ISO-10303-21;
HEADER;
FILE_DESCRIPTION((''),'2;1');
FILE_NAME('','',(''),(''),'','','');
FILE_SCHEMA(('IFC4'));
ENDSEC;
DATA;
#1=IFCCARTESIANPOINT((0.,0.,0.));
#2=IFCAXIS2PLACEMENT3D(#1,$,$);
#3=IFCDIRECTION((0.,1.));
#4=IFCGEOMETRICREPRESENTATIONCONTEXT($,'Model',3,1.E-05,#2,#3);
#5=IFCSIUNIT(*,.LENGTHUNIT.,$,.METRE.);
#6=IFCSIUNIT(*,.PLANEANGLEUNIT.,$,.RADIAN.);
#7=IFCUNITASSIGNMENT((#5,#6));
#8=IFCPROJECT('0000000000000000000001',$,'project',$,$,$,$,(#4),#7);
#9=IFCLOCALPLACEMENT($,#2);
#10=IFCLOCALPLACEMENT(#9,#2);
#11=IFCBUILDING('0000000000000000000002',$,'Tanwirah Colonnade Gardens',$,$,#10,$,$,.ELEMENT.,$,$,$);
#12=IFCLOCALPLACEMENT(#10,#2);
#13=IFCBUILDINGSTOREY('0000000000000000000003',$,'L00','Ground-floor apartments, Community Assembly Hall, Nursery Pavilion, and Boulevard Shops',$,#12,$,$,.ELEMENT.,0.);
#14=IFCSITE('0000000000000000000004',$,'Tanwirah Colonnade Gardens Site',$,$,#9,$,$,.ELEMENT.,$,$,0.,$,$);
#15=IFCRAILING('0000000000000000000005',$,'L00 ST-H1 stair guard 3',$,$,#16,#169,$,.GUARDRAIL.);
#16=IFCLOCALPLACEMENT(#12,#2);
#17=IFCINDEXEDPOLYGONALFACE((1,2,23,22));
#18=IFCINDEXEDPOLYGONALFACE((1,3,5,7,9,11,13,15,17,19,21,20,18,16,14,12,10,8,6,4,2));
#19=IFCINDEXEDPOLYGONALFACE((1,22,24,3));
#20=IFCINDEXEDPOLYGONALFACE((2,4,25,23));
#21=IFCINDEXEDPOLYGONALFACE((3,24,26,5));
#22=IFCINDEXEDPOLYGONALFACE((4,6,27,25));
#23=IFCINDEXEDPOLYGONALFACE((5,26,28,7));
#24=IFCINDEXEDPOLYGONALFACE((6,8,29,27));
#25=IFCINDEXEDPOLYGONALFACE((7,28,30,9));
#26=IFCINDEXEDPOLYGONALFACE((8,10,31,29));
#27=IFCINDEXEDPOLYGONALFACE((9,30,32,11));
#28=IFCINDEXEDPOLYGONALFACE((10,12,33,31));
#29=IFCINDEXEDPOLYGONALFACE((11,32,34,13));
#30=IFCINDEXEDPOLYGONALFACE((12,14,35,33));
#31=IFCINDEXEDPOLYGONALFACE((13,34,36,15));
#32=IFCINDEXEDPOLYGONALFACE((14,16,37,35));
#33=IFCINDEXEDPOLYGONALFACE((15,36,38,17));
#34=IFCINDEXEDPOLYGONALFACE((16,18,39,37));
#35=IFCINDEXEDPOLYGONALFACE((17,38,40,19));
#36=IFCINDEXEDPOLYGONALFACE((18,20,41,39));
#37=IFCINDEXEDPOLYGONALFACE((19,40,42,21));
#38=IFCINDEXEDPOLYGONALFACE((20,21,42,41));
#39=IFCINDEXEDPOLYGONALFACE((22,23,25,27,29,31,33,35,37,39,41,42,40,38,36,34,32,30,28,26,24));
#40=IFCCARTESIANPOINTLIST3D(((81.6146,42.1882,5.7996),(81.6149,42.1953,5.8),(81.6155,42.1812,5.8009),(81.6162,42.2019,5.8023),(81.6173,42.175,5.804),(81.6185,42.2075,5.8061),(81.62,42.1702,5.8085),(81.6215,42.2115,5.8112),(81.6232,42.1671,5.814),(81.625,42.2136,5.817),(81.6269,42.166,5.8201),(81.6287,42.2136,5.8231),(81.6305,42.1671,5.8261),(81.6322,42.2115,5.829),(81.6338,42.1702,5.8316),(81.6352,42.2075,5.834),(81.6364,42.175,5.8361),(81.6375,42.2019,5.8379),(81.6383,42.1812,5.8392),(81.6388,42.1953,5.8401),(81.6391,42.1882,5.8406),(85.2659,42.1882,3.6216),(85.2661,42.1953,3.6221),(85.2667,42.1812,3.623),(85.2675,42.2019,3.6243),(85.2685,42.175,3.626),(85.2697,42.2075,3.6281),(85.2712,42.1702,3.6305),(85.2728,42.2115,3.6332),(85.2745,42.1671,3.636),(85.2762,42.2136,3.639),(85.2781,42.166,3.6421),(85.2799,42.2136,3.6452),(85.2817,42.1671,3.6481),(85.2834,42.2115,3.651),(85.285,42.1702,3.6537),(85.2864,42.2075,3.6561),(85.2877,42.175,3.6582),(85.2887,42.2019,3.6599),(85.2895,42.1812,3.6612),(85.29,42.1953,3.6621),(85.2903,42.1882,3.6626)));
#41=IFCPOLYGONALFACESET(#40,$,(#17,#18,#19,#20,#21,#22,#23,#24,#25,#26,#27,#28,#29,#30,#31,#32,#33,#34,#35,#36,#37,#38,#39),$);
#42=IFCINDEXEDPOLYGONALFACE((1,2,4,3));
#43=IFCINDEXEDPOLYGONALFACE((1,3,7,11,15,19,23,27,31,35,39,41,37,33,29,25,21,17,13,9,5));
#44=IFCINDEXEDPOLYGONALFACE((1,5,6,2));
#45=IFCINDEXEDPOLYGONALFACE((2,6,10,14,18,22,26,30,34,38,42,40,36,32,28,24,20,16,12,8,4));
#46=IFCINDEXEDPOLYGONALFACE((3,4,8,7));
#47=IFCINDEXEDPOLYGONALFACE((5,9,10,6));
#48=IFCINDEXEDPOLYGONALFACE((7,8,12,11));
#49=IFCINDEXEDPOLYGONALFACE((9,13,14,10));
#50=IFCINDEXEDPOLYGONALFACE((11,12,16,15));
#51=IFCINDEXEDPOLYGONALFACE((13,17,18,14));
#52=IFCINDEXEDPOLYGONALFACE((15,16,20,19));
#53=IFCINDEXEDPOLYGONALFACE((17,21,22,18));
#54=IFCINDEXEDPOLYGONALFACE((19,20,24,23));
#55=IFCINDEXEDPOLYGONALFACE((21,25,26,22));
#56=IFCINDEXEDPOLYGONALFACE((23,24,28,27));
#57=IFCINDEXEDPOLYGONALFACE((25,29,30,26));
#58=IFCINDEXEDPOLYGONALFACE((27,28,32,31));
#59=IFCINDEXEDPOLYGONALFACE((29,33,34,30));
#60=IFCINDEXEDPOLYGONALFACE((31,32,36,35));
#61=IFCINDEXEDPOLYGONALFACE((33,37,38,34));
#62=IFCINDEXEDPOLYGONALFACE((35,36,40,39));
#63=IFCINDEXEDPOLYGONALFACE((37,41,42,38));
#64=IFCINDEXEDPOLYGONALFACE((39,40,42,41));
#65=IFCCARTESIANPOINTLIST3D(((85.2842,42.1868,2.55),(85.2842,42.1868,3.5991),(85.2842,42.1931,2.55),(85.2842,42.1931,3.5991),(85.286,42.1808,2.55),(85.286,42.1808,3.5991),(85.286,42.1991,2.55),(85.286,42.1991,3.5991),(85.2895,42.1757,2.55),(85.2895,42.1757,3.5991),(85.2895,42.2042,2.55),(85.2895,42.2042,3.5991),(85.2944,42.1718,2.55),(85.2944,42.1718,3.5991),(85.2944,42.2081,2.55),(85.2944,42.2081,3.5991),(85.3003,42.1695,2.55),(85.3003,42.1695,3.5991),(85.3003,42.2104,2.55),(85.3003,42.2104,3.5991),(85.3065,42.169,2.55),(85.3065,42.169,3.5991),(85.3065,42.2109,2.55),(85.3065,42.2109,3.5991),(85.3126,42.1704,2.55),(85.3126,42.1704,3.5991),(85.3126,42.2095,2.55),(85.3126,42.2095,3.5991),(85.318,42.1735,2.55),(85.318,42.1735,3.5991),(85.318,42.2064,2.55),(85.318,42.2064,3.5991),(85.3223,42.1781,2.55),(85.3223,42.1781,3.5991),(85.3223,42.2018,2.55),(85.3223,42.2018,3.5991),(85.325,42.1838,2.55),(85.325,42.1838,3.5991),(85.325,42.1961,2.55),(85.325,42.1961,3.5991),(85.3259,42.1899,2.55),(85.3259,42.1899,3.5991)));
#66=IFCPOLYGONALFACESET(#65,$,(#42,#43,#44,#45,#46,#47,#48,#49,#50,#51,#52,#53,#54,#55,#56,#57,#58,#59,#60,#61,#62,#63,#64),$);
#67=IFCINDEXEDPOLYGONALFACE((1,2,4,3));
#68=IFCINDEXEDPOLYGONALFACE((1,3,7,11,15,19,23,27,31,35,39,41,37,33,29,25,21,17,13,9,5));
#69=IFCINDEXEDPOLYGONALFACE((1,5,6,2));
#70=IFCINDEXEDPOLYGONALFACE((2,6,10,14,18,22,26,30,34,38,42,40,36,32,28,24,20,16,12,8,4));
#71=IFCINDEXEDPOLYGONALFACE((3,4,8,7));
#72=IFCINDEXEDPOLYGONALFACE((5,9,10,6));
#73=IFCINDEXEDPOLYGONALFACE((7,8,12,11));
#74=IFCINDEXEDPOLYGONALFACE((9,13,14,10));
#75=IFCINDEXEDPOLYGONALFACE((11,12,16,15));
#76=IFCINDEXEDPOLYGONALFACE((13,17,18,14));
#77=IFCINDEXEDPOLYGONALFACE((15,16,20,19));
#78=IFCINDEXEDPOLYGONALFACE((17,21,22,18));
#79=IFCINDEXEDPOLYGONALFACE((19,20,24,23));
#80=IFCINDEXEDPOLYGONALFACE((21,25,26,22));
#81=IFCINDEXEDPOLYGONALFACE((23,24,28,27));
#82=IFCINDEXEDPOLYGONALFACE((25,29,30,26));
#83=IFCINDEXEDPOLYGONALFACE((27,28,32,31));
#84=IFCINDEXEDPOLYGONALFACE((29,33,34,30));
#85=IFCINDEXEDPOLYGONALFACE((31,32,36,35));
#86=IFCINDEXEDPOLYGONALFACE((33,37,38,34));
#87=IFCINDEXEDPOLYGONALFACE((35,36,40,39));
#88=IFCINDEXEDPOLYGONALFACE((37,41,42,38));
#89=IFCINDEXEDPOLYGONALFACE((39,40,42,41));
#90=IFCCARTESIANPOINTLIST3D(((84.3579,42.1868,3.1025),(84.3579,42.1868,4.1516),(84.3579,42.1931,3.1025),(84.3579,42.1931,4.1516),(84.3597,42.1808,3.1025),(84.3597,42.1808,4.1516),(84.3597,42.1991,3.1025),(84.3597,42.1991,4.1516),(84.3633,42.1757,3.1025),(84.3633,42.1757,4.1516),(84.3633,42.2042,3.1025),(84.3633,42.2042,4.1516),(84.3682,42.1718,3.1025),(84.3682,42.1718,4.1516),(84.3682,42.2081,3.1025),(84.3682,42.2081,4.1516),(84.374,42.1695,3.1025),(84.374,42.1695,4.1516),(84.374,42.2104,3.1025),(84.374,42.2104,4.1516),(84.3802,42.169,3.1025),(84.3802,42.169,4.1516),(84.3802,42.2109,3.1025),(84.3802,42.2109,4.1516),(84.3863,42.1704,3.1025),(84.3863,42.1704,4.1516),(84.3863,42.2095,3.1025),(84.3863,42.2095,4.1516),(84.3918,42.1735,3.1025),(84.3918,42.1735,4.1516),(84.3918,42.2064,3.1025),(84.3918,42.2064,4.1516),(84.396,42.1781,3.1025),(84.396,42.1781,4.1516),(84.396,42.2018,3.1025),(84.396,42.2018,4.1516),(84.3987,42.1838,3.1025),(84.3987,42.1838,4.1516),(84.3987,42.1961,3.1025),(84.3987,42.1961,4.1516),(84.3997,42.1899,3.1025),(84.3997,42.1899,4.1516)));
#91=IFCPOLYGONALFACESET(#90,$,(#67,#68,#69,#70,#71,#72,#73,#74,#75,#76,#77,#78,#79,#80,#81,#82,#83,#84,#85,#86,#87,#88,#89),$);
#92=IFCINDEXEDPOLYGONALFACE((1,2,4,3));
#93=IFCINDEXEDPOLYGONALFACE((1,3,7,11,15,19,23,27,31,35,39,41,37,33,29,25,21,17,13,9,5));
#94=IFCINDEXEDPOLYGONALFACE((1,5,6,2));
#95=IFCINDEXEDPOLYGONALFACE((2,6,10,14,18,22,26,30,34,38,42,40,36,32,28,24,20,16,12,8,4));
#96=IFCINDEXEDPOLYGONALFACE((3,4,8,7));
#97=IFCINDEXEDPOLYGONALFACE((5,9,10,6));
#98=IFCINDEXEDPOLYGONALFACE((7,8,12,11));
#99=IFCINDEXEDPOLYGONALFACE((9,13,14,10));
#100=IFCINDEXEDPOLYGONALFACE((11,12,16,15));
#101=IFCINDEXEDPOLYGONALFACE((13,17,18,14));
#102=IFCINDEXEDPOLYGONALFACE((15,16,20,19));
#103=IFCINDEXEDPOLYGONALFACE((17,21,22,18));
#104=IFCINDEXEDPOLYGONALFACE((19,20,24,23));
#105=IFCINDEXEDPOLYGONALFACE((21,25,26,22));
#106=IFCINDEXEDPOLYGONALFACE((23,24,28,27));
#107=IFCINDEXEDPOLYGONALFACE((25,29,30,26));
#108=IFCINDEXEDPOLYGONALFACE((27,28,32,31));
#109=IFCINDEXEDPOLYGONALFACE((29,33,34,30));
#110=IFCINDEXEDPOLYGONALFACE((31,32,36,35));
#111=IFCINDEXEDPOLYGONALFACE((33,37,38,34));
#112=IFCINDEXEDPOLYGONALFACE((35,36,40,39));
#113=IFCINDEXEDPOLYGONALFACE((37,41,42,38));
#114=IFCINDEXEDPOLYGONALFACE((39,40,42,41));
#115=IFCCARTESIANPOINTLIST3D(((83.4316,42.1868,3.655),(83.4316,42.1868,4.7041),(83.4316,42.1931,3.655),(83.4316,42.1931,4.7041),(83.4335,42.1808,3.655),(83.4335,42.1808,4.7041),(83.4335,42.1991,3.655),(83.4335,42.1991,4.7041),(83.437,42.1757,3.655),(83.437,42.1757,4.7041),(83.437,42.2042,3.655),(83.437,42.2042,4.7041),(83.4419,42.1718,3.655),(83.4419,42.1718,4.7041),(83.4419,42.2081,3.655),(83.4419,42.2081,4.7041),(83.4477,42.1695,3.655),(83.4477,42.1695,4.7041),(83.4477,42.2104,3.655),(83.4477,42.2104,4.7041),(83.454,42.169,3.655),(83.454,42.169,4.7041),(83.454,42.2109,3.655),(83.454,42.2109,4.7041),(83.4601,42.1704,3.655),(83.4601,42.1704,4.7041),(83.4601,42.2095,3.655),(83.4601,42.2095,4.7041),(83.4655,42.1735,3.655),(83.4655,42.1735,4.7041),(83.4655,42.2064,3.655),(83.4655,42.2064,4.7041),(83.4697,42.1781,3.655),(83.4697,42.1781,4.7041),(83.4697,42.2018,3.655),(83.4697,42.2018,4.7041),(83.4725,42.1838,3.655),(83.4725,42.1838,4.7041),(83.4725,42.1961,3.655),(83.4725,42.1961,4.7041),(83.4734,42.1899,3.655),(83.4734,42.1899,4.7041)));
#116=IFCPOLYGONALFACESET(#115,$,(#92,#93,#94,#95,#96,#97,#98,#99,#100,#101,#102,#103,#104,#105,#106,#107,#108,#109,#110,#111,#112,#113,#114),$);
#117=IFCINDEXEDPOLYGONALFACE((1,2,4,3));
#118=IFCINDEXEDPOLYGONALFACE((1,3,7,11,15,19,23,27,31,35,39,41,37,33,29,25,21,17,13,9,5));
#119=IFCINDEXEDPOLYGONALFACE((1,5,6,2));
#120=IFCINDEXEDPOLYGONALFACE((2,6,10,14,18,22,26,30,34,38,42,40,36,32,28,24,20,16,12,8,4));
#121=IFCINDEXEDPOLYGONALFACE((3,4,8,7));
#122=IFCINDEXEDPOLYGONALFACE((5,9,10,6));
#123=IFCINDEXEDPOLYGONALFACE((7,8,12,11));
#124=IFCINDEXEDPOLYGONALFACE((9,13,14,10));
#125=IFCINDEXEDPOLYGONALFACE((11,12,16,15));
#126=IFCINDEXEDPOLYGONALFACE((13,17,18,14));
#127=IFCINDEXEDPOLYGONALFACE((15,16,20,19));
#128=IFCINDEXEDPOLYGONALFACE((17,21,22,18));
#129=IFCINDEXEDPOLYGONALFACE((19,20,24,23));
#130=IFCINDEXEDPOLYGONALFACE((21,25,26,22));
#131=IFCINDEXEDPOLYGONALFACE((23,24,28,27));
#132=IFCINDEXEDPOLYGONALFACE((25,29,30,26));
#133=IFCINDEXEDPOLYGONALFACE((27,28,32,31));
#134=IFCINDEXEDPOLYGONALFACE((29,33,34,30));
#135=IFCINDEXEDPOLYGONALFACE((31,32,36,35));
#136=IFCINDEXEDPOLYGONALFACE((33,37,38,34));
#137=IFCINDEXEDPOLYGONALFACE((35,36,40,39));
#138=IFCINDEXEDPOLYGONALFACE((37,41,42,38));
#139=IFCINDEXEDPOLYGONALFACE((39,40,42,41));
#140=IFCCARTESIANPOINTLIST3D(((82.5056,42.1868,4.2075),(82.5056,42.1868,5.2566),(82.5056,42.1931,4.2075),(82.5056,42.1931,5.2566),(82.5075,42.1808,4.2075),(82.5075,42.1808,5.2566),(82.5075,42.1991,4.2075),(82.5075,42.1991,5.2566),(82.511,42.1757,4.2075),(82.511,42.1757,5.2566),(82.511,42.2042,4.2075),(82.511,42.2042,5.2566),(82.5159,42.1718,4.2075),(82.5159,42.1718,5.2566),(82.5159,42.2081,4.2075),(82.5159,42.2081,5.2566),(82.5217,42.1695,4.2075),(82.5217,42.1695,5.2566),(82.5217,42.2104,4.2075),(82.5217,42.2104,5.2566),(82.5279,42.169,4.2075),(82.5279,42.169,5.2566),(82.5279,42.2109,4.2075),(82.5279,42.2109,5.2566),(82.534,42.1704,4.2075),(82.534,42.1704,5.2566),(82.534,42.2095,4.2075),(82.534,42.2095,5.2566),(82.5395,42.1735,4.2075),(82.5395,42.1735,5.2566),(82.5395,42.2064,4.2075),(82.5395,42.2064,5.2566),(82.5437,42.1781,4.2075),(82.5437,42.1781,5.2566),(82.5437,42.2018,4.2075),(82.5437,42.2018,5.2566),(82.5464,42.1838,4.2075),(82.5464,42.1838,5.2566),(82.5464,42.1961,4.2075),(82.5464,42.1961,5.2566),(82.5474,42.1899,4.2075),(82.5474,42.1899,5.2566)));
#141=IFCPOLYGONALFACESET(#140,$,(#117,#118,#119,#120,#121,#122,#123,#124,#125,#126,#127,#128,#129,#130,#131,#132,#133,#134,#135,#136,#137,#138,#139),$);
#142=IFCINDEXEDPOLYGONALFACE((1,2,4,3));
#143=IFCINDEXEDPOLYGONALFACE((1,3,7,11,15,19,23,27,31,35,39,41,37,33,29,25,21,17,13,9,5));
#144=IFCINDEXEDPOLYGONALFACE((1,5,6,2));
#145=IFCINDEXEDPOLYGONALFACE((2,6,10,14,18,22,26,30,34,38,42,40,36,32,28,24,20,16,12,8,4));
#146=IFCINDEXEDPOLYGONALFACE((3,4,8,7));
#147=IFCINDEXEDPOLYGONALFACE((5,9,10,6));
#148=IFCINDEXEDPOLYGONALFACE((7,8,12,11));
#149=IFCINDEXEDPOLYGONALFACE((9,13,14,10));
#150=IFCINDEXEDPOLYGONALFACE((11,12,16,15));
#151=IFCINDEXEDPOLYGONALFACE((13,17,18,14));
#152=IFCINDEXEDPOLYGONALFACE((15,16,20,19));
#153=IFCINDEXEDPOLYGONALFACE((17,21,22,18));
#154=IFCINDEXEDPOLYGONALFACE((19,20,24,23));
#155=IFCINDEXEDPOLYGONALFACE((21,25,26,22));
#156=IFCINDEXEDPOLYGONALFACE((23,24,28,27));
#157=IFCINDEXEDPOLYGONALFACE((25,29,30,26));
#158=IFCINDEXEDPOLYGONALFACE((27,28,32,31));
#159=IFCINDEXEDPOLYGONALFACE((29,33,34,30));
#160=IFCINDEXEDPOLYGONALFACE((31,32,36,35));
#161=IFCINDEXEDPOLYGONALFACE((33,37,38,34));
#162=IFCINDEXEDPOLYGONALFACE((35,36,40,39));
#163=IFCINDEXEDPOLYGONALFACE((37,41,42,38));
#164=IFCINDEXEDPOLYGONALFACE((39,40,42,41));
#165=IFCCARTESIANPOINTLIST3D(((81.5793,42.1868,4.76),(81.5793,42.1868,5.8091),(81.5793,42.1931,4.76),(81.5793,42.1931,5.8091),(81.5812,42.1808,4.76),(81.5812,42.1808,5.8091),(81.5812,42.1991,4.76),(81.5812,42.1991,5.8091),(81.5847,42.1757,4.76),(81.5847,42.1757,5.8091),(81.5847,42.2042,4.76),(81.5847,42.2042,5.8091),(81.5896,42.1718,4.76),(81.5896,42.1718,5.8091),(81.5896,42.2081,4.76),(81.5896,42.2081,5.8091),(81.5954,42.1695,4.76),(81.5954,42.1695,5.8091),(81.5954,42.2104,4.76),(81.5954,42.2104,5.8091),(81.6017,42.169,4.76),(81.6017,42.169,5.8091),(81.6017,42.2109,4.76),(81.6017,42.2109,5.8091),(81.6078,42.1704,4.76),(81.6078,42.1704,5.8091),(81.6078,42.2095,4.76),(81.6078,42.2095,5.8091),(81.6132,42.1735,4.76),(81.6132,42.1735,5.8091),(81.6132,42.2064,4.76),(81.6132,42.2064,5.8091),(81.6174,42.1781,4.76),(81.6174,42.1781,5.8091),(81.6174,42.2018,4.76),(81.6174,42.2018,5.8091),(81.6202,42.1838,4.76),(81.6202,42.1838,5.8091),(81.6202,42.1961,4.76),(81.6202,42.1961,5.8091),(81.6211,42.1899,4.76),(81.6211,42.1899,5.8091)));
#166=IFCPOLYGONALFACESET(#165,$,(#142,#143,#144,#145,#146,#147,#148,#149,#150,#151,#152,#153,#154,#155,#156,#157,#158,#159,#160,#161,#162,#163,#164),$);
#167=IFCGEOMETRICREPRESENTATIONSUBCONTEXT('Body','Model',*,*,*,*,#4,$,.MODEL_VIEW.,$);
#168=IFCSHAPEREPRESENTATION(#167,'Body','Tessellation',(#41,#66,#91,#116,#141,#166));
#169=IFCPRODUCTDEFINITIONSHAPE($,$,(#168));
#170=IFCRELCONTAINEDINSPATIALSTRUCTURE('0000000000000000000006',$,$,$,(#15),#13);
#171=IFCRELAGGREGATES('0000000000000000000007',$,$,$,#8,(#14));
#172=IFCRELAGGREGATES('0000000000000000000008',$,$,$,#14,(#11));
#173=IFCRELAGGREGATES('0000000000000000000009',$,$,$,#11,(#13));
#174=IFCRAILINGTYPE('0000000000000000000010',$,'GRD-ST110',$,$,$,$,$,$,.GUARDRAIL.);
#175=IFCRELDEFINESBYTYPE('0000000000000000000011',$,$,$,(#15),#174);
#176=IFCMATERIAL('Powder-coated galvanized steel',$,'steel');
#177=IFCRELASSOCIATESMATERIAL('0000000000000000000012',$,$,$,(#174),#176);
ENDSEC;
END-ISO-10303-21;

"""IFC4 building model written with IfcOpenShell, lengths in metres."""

from ifc_helpers import new_model, si_unit, direction, frame, origin, origin_2d, place, context, subcontext, project, spatial, circle, extrude, material, type_object, element, save


model = new_model("IFC4")

# Units and contexts
model_context = context("Model", 3, precision=1e-05, world=origin(), true_north=direction((0.0, 1.0)))
body_context = subcontext(model_context, "Body", "Model", "MODEL_VIEW")
ifc_project = project(units=[si_unit("LENGTHUNIT", "METRE"), si_unit("PLANEANGLEUNIT", "RADIAN")], contexts=[model_context])

# Site, building, storey
site_placement = place(None, origin())
site = spatial("IfcSite", under=ifc_project, at=site_placement, Name="Tanwirah Colonnade Gardens Site", CompositionType="ELEMENT", RefElevation=0.0)
building_placement = place(site_placement, origin())
building = spatial("IfcBuilding", under=site, at=building_placement, Name="Tanwirah Colonnade Gardens", CompositionType="ELEMENT")
storey_placement = place(building_placement, origin())
storey = spatial("IfcBuildingStorey", under=building, at=storey_placement, Name="L00", Description="Ground-floor apartments, Community Assembly Hall, Nursery Pavilion, and Boulevard Shops", CompositionType="ELEMENT", Elevation=0.0)

# Railing
ifc_material_1 = material(Name="Powder-coated galvanized steel", Category="steel")
railing_type_1 = type_object("IfcRailingType", Name="GRD-ST110", PredefinedType="GUARDRAIL", material=ifc_material_1)
railing_1_placement = place(storey_placement, frame((85.3049, 42.1899, 2.55)))
element("IfcRailing", 1, at=railing_1_placement, inside=storey, type_object=railing_type_1, Name="L00 ST-H1 stair guard 3", PredefinedType="GUARDRAIL", context=body_context, shape_type="SweptSolid", body=[
    extrude(circle(Radius=0.0239, at=origin_2d()), frame((-0.0269, 0.0, 1.092), z_axis=(-0.858813, 0.0, 0.512289), x_axis=(0.0, -1.0, 0.0)), (0.0, 0.0, 1.0), 4.2515),
    extrude(circle(Radius=0.021, at=origin_2d()), origin(), (0.0, 0.0, 1.0), 1.0491),
    extrude(circle(Radius=0.021, at=origin_2d()), frame((-0.9263, 0.0, 0.5525)), (0.0, 0.0, 1.0), 1.0491),
    extrude(circle(Radius=0.021, at=origin_2d()), frame((-1.8525, 0.0, 1.105)), (0.0, 0.0, 1.0), 1.0491),
    extrude(circle(Radius=0.021, at=origin_2d()), frame((-2.7786, 0.0, 1.6575)), (0.0, 0.0, 1.0), 1.0491),
    extrude(circle(Radius=0.021, at=origin_2d()), frame((-3.7048, 0.0, 2.21)), (0.0, 0.0, 1.0), 1.0491),
])

save(model, "model.ifc")
